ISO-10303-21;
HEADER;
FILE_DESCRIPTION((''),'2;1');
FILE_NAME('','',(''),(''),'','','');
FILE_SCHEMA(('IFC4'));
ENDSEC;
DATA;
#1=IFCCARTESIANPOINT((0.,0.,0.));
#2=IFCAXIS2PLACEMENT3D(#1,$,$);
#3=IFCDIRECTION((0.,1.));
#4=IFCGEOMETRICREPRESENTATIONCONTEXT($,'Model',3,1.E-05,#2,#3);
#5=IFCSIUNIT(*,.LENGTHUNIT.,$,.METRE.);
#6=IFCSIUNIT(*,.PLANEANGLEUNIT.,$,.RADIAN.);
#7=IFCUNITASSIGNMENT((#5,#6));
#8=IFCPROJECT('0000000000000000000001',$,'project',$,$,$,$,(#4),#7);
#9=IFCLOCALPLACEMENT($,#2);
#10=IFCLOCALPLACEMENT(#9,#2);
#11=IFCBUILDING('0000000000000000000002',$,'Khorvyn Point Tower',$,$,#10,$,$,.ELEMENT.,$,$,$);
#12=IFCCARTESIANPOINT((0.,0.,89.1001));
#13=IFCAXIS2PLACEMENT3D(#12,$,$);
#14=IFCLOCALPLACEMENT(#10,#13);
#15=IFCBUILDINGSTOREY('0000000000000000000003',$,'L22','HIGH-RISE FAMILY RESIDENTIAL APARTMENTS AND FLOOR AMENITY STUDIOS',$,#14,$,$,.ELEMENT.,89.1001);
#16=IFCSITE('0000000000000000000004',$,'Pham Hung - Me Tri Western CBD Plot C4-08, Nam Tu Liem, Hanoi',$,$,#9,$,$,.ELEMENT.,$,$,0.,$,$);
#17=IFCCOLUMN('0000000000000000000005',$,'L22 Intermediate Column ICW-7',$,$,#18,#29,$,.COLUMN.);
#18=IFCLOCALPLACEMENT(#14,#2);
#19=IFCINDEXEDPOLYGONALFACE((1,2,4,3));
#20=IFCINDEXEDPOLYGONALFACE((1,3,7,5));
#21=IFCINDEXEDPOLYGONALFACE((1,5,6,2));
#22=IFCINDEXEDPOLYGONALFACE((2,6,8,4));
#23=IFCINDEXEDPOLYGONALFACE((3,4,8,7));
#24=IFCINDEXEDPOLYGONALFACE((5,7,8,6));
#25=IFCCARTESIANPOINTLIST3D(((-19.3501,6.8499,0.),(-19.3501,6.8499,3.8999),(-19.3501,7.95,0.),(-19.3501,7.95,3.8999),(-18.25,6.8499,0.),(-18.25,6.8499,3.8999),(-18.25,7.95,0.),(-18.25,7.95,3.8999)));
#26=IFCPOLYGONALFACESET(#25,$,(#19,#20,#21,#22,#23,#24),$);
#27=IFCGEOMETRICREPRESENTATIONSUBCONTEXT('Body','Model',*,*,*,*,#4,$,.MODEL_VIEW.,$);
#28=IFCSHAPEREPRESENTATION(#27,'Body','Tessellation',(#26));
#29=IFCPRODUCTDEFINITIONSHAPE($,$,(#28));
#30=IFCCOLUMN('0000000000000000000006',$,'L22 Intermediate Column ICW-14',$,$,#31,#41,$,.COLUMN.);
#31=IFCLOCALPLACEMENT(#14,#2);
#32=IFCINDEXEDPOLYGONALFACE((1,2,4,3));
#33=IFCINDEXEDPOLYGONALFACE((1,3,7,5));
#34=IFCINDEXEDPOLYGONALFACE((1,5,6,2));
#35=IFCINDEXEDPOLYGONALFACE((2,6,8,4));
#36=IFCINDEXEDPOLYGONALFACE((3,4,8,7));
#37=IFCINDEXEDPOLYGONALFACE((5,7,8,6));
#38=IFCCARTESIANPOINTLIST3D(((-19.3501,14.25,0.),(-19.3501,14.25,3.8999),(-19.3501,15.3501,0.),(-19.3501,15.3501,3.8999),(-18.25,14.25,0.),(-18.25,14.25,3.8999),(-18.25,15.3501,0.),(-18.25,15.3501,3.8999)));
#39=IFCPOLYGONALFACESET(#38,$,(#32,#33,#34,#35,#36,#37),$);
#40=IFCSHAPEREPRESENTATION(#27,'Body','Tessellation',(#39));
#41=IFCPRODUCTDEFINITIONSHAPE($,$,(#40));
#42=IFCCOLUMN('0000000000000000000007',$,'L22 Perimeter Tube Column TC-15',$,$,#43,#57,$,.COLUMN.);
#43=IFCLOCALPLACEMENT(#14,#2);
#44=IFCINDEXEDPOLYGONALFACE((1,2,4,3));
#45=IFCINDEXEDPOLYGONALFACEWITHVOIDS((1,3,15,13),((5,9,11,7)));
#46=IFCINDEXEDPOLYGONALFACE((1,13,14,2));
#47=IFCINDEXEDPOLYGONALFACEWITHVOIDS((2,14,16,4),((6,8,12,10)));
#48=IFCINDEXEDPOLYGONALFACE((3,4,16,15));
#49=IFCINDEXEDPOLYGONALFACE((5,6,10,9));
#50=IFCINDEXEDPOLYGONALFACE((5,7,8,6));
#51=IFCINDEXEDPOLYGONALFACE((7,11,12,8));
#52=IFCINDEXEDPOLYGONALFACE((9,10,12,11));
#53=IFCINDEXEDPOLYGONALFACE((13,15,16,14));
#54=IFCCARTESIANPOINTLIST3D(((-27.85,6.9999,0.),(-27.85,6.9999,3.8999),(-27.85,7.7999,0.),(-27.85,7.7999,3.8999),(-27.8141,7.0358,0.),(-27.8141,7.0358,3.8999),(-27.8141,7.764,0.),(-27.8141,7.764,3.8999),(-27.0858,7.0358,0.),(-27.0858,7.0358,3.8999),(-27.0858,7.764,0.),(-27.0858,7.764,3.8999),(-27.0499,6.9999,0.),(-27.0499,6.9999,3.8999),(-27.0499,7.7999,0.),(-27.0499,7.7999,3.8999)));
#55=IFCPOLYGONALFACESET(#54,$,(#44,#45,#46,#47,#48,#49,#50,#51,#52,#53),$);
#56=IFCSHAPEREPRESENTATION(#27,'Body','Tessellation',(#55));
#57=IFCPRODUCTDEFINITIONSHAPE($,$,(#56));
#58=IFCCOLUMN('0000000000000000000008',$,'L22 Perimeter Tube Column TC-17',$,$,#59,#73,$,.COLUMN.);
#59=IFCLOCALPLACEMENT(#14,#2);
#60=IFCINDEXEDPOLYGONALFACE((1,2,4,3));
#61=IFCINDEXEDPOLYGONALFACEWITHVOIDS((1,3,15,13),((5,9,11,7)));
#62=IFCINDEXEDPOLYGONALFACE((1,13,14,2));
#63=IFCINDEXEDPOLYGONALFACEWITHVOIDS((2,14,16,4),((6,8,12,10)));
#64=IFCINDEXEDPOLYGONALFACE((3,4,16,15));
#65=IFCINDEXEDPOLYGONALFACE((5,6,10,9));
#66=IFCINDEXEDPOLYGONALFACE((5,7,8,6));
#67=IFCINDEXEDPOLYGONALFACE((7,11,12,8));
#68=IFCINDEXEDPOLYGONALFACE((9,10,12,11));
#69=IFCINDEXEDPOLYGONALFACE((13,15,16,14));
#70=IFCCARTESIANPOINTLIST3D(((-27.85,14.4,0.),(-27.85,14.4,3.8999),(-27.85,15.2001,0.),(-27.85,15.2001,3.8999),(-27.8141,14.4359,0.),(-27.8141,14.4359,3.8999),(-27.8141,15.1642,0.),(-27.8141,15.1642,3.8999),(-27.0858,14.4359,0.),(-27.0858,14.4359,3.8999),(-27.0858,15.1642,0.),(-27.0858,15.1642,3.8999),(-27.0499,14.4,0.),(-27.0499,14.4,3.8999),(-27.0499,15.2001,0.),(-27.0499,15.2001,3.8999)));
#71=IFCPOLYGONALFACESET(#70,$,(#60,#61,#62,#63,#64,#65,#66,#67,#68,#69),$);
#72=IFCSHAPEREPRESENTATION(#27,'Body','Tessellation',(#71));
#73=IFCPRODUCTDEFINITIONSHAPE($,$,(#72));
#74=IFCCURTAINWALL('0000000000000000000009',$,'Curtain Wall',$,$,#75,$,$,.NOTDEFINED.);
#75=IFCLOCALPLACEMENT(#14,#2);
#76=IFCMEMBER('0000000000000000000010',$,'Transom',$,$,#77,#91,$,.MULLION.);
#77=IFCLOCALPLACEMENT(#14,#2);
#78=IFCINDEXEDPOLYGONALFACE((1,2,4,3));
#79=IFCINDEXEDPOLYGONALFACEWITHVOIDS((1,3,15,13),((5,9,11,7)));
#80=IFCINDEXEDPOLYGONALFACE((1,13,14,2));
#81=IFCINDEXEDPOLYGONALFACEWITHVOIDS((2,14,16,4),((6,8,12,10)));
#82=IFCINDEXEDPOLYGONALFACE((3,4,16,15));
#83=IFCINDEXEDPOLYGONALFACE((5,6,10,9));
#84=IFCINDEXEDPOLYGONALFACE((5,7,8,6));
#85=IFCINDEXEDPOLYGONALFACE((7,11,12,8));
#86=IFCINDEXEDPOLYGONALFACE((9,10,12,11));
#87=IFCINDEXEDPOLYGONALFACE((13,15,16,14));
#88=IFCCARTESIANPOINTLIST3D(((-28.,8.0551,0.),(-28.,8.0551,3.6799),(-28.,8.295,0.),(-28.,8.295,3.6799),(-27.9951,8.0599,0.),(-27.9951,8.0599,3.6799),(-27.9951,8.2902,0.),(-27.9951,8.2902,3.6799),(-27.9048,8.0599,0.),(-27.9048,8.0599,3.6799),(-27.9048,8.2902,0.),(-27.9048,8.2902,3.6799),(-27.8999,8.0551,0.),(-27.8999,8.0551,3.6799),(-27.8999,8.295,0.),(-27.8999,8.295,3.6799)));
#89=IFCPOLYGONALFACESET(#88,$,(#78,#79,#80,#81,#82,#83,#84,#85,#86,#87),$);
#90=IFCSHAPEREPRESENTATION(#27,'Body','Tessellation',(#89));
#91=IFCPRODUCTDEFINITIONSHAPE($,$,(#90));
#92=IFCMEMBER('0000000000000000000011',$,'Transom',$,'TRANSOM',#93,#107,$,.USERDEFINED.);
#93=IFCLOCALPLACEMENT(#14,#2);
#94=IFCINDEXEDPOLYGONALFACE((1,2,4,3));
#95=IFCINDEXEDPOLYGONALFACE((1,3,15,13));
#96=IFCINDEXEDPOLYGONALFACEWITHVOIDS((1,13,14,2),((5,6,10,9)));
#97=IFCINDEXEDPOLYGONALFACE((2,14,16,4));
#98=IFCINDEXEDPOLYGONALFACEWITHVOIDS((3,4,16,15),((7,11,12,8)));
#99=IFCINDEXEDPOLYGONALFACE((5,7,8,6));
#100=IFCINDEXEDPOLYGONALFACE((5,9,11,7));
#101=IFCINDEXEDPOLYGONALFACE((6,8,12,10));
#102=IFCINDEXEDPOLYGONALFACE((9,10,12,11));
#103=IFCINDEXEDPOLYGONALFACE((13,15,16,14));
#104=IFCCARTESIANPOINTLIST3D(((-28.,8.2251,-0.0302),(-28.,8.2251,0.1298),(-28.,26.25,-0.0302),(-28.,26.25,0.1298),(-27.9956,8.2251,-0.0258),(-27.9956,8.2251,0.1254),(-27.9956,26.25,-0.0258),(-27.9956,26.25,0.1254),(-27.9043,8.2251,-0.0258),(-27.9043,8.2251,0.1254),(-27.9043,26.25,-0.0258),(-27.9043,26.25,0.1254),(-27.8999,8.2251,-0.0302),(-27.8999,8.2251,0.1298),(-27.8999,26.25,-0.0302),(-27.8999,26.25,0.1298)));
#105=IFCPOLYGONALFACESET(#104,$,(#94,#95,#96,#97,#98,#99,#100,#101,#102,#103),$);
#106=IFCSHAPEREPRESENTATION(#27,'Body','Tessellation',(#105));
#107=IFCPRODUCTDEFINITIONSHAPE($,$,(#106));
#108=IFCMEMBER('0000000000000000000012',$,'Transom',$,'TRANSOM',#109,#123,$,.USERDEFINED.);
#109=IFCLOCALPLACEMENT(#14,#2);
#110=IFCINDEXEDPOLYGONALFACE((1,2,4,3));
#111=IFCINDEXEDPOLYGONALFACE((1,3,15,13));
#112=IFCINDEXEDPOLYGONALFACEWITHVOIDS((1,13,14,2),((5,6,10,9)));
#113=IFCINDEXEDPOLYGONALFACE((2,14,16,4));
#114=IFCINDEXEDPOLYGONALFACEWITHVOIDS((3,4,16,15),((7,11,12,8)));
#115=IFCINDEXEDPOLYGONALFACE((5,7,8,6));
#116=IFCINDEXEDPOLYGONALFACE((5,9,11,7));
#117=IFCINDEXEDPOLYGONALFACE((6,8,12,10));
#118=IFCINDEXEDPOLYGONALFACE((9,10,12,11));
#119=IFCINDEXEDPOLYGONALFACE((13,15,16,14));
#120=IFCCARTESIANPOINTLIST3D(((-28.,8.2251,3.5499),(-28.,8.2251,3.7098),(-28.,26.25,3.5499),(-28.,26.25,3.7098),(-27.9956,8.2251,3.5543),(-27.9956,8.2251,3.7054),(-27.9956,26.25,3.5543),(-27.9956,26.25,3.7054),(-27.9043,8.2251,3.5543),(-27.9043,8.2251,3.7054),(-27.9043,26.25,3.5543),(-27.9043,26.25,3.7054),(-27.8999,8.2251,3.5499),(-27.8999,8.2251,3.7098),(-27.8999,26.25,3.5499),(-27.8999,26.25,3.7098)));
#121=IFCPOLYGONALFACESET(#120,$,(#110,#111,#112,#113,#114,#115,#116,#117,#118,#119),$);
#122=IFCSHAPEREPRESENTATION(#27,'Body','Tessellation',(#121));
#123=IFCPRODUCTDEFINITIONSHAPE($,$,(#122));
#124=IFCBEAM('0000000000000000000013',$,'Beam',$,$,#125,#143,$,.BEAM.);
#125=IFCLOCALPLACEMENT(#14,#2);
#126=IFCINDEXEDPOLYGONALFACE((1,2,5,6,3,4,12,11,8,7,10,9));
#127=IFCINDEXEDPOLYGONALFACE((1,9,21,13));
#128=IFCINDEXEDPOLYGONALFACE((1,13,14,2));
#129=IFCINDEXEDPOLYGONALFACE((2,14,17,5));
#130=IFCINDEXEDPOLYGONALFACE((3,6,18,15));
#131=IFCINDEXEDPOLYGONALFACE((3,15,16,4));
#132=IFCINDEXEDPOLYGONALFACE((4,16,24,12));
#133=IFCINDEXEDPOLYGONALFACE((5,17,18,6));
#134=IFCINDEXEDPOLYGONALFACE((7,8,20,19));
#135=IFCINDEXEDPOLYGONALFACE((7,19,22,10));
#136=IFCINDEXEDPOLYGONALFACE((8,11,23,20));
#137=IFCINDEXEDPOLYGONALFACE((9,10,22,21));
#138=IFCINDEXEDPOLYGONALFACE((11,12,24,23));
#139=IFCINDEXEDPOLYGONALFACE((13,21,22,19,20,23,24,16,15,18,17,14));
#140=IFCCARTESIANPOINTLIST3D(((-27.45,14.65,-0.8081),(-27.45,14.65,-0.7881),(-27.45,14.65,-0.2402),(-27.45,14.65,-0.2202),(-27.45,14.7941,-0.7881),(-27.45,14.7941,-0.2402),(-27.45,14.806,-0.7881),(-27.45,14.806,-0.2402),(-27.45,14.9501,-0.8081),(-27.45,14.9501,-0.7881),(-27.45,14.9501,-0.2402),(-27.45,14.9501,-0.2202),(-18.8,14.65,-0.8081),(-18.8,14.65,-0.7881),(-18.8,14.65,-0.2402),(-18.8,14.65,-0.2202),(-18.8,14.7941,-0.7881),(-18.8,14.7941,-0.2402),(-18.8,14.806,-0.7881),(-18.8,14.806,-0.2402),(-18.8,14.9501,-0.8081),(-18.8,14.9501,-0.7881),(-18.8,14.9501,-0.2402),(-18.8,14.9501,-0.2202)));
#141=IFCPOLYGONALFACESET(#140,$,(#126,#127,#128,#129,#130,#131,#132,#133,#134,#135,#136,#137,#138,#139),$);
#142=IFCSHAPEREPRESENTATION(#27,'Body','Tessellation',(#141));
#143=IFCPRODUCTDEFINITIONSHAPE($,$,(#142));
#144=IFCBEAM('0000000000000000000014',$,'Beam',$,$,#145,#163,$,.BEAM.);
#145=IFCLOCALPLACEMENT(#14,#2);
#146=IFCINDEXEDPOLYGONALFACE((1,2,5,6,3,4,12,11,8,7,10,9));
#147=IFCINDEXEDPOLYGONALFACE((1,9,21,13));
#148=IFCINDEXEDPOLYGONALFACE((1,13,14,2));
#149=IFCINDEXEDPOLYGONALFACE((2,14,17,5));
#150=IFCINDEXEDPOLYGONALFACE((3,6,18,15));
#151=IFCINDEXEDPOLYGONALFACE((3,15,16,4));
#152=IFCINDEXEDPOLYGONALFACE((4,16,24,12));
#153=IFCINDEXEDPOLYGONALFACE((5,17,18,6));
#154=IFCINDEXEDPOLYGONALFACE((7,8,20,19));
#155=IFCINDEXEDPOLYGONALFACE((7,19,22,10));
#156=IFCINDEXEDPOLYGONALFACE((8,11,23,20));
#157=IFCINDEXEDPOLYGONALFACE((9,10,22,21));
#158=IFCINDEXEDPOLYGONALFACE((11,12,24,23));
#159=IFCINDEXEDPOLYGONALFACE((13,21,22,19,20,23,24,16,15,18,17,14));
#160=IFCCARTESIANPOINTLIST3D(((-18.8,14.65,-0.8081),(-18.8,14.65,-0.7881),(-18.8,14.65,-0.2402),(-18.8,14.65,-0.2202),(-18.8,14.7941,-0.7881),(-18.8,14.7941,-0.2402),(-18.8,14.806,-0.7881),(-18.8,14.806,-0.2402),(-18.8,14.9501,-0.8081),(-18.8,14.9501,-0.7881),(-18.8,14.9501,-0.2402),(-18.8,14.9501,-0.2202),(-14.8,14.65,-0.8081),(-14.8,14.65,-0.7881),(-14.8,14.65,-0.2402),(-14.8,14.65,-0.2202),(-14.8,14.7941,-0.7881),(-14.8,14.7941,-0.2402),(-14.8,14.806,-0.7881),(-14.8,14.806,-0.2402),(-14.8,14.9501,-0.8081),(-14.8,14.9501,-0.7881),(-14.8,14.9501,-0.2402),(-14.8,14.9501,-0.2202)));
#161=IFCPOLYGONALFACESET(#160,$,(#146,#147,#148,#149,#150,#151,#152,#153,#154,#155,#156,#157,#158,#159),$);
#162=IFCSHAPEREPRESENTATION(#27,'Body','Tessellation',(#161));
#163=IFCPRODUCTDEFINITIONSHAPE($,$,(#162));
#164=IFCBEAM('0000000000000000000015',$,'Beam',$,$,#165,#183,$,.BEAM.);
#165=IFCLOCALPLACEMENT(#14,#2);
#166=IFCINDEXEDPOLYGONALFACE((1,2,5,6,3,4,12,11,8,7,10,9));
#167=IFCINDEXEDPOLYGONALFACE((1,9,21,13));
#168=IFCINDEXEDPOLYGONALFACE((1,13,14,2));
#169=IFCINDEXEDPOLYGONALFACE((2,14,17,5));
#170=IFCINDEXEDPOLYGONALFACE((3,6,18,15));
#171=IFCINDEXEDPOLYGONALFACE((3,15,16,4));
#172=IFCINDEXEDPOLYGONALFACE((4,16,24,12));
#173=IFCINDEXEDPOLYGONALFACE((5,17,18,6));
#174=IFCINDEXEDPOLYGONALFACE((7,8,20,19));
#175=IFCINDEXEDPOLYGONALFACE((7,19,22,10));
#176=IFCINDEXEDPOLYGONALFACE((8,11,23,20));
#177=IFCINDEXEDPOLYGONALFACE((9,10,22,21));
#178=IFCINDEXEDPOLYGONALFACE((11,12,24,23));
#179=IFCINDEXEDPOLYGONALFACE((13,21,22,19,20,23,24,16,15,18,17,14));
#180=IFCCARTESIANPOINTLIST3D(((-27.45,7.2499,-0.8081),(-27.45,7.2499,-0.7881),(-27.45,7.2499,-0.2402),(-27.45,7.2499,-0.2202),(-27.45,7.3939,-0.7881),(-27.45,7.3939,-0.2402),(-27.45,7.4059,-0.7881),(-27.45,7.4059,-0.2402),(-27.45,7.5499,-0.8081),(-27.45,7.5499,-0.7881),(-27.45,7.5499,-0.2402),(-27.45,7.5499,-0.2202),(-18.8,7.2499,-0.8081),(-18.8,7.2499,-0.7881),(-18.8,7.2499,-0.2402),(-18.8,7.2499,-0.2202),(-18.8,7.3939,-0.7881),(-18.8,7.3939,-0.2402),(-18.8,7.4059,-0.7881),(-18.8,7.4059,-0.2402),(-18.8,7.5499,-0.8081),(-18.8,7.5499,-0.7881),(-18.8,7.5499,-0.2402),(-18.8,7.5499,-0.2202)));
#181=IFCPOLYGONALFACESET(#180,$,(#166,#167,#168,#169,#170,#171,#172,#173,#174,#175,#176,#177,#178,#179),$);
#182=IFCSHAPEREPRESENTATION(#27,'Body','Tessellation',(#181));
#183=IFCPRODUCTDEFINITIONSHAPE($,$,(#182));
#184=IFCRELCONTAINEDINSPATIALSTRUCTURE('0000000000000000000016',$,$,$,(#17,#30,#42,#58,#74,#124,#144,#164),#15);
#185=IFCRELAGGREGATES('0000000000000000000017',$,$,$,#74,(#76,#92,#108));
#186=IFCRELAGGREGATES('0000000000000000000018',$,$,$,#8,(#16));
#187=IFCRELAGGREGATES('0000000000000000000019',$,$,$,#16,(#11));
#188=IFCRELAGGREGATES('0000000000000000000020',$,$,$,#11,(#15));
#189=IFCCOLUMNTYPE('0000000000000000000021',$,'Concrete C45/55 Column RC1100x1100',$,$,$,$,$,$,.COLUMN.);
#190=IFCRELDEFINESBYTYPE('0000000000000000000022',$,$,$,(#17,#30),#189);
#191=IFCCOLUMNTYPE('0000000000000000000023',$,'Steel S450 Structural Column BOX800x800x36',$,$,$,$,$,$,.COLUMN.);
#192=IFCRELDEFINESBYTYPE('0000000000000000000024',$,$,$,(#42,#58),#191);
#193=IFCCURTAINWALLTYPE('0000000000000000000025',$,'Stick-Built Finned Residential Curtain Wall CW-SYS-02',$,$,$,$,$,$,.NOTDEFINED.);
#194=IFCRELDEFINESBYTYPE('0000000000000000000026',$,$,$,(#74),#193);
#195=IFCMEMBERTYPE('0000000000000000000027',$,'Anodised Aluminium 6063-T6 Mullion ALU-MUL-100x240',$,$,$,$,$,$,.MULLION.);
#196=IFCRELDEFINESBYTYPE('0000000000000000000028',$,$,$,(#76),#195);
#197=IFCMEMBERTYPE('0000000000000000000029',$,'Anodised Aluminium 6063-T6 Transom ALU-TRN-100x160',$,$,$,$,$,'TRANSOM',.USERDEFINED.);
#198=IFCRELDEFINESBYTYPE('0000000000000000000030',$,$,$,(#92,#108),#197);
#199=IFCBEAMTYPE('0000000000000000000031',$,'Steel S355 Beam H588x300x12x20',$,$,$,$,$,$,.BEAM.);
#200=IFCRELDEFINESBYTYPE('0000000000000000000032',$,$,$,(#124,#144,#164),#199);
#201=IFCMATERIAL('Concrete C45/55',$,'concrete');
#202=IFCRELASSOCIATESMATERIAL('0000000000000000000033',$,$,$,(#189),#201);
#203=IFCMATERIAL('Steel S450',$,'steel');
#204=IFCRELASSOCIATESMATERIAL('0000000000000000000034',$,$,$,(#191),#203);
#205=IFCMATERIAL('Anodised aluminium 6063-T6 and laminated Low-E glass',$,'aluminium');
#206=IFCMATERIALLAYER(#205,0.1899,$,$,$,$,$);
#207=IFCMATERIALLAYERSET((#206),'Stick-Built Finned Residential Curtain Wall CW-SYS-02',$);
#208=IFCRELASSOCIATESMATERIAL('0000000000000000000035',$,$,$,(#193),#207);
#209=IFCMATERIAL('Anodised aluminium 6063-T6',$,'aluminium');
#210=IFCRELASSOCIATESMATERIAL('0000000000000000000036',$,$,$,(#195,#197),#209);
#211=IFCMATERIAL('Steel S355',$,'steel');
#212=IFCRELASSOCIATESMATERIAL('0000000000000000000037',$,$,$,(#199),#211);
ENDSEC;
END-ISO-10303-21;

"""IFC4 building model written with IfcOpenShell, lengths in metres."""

from ifc_helpers import new_model, si_unit, direction, frame, origin, origin_2d, place, context, subcontext, project, spatial, rectangle, hollow_rectangle, i_section, extrude, material, layer, layer_set, material_profile, profile_set, type_object, element, aggregate, save


model = new_model("IFC4")

# Units and contexts
model_context = context("Model", 3, precision=1e-05, world=origin(), true_north=direction((0.0, 1.0)))
body_context = subcontext(model_context, "Body", "Model", "MODEL_VIEW")
ifc_project = project(units=[si_unit("LENGTHUNIT", "METRE"), si_unit("PLANEANGLEUNIT", "RADIAN")], contexts=[model_context])

# Site, building, storey
site_placement = place(None, origin())
site = spatial("IfcSite", under=ifc_project, at=site_placement, Name="Pham Hung - Me Tri Western CBD Plot C4-08, Nam Tu Liem, Hanoi", CompositionType="ELEMENT", RefElevation=0.0)
building_placement = place(site_placement, origin())
building = spatial("IfcBuilding", under=site, at=building_placement, Name="Khorvyn Point Tower", CompositionType="ELEMENT")
storey_placement = place(building_placement, frame((0.0, 0.0, 89.1001)))
storey = spatial("IfcBuildingStorey", under=building, at=storey_placement, Name="L22", Description="HIGH-RISE FAMILY RESIDENTIAL APARTMENTS AND FLOOR AMENITY STUDIOS", CompositionType="ELEMENT", Elevation=89.1001)

# Columns
ifc_material_1 = material(Name="Concrete C45/55", Category="concrete")
ifc_material_profile_1 = material_profile(ifc_material_1, rectangle(XDim=1.1001, YDim=1.1001, at=origin_2d()))
ifc_profile_set_1 = profile_set([ifc_material_profile_1], Name="Concrete C45/55 RC1100x1100")
column_type_1 = type_object("IfcColumnType", Name="Concrete C45/55 Column RC1100x1100", PredefinedType="COLUMN", material=ifc_profile_set_1)
for number, where, z_axis, x_axis, name in (
    (1, (-18.8, 7.3999, 0.0), (0.0, 0.0, 1.0), (1.0, 0.0, 0.0), "L22 Intermediate Column ICW-7"),
    (2, (-18.8, 14.8, 0.0), (0.0, 0.0, 1.0), (1.0, 0.0, 0.0), "L22 Intermediate Column ICW-14"),
):
    element("IfcColumn", number, at=place(storey_placement, frame(where, z_axis=z_axis, x_axis=x_axis)), inside=storey, type_object=column_type_1, Name=name, PredefinedType="COLUMN", context=body_context, shape_type="SweptSolid", body=[
        extrude(rectangle(XDim=1.1001, YDim=1.1001, at=origin_2d()), origin(), (0.0, 0.0, 1.0), 3.8999),
    ])
ifc_material_2 = material(Name="Steel S450", Category="steel")
ifc_material_profile_2 = material_profile(ifc_material_2, hollow_rectangle(XDim=0.8, YDim=0.8, WallThickness=0.0359, at=origin_2d()))
ifc_profile_set_2 = profile_set([ifc_material_profile_2], Name="Steel S450 BOX800x800x36")
column_type_2 = type_object("IfcColumnType", Name="Steel S450 Structural Column BOX800x800x36", PredefinedType="COLUMN", material=ifc_profile_set_2)
for number, where, z_axis, x_axis, name in (
    (3, (-27.45, 7.3999, 0.0), (0.0, 0.0, 1.0), (1.0, 0.0, 0.0), "L22 Perimeter Tube Column TC-15"),
    (4, (-27.45, 14.8, 0.0), (0.0, 0.0, 1.0), (1.0, 0.0, 0.0), "L22 Perimeter Tube Column TC-17"),
):
    element("IfcColumn", number, at=place(storey_placement, frame(where, z_axis=z_axis, x_axis=x_axis)), inside=storey, type_object=column_type_2, Name=name, PredefinedType="COLUMN", context=body_context, shape_type="SweptSolid", body=[
        extrude(hollow_rectangle(XDim=0.8, YDim=0.8, WallThickness=0.0359, at=origin_2d()), origin(), (0.0, 0.0, 1.0), 3.8999),
    ])

# Curtain wall, members
ifc_material_3 = material(Name="Anodised aluminium 6063-T6 and laminated Low-E glass", Category="aluminium")
ifc_layer_1 = layer(ifc_material_3, 0.1899)
ifc_layer_set_1 = layer_set([ifc_layer_1], Name="Stick-Built Finned Residential Curtain Wall CW-SYS-02")
curtain_wall_type = type_object("IfcCurtainWallType", Name="Stick-Built Finned Residential Curtain Wall CW-SYS-02", PredefinedType="NOTDEFINED", material=ifc_layer_set_1)
curtain_wall_placement = place(storey_placement, origin())
curtain_wall = element("IfcCurtainWall", 5, at=curtain_wall_placement, inside=storey, type_object=curtain_wall_type, Name="Curtain Wall", PredefinedType="NOTDEFINED")
ifc_material_4 = material(Name="Anodised aluminium 6063-T6", Category="aluminium")
ifc_material_profile_3 = material_profile(ifc_material_4, hollow_rectangle(XDim=0.1001, YDim=0.24, WallThickness=0.0049, at=origin_2d()))
ifc_profile_set_3 = profile_set([ifc_material_profile_3], Name="Anodised aluminium 6063-T6 ALU-MUL-100x240")
member_type_1 = type_object("IfcMemberType", Name="Anodised Aluminium 6063-T6 Mullion ALU-MUL-100x240", PredefinedType="MULLION", material=ifc_profile_set_3)
member_1_placement = place(storey_placement, frame((-27.95, 8.175, 0.0), z_axis=(0.0, 0.0, 1.0), x_axis=(-1.0, 0.0, 0.0)))
member_1 = element("IfcMember", 6, at=member_1_placement, type_object=member_type_1, Name="Transom", PredefinedType="MULLION", context=body_context, shape_type="SweptSolid", body=[
    extrude(hollow_rectangle(XDim=0.1001, YDim=0.24, WallThickness=0.0049, at=origin_2d()), origin(), (0.0, 0.0, 1.0), 3.6799),
])
ifc_material_profile_4 = material_profile(ifc_material_4, hollow_rectangle(XDim=0.1001, YDim=0.1599, WallThickness=0.0044, at=origin_2d()))
ifc_profile_set_4 = profile_set([ifc_material_profile_4], Name="Anodised aluminium 6063-T6 ALU-TRN-100x160")
member_type_2 = type_object("IfcMemberType", Name="Anodised Aluminium 6063-T6 Transom ALU-TRN-100x160", ElementType="TRANSOM", PredefinedType="USERDEFINED", material=ifc_profile_set_4)
member_2_placement = place(storey_placement, frame((-27.95, 8.2251, 0.0498), z_axis=(0.0, 1.0, 0.0), x_axis=(-1.0, 0.0, 0.0)))
member_2 = element("IfcMember", 7, at=member_2_placement, type_object=member_type_2, Name="Transom", ObjectType="TRANSOM", PredefinedType="USERDEFINED", context=body_context, shape_type="SweptSolid", body=[
    extrude(hollow_rectangle(XDim=0.1001, YDim=0.1599, WallThickness=0.0044, at=origin_2d()), origin(), (0.0, 0.0, 1.0), 18.0249),
])
member_3_placement = place(storey_placement, frame((-27.95, 8.2251, 3.6299), z_axis=(0.0, 1.0, 0.0), x_axis=(-1.0, 0.0, 0.0)))
member_3 = element("IfcMember", 8, at=member_3_placement, type_object=member_type_2, Name="Transom", ObjectType="TRANSOM", PredefinedType="USERDEFINED", context=body_context, shape_type="SweptSolid", body=[
    extrude(hollow_rectangle(XDim=0.1001, YDim=0.1599, WallThickness=0.0044, at=origin_2d()), origin(), (0.0, 0.0, 1.0), 18.0249),
])

# Beams
ifc_material_5 = material(Name="Steel S355", Category="steel")
ifc_material_profile_5 = material_profile(ifc_material_5, i_section(OverallWidth=0.3, OverallDepth=0.5879, WebThickness=0.012, FlangeThickness=0.02, at=origin_2d()))
ifc_profile_set_5 = profile_set([ifc_material_profile_5], Name="Steel S355 H588x300x12x20")
beam_type_1 = type_object("IfcBeamType", Name="Steel S355 Beam H588x300x12x20", PredefinedType="BEAM", material=ifc_profile_set_5)
beam_1_placement = place(storey_placement, frame((-27.45, 14.8, -0.5142), z_axis=(1.0, 0.0, 0.0), x_axis=(0.0, 1.0, 0.0)))
element("IfcBeam", 9, at=beam_1_placement, inside=storey, type_object=beam_type_1, Name="Beam", PredefinedType="BEAM", context=body_context, shape_type="SweptSolid", body=[
    extrude(i_section(OverallWidth=0.3, OverallDepth=0.5879, WebThickness=0.012, FlangeThickness=0.02, at=origin_2d()), origin(), (0.0, 0.0, 1.0), 8.6499),
])
beam_2_placement = place(storey_placement, frame((-18.8, 14.8, -0.5142), z_axis=(1.0, 0.0, 0.0), x_axis=(0.0, 1.0, 0.0)))
element("IfcBeam", 10, at=beam_2_placement, inside=storey, type_object=beam_type_1, Name="Beam", PredefinedType="BEAM", context=body_context, shape_type="SweptSolid", body=[
    extrude(i_section(OverallWidth=0.3, OverallDepth=0.5879, WebThickness=0.012, FlangeThickness=0.02, at=origin_2d()), origin(), (0.0, 0.0, 1.0), 4.0),
])
beam_3_placement = place(storey_placement, frame((-27.45, 7.3999, -0.5142), z_axis=(1.0, 0.0, 0.0), x_axis=(0.0, 1.0, 0.0)))
element("IfcBeam", 11, at=beam_3_placement, inside=storey, type_object=beam_type_1, Name="Beam", PredefinedType="BEAM", context=body_context, shape_type="SweptSolid", body=[
    extrude(i_section(OverallWidth=0.3, OverallDepth=0.5879, WebThickness=0.012, FlangeThickness=0.02, at=origin_2d()), origin(), (0.0, 0.0, 1.0), 8.6499),
])

aggregate(curtain_wall, [member_1, member_2, member_3])

save(model, "model.ifc")
